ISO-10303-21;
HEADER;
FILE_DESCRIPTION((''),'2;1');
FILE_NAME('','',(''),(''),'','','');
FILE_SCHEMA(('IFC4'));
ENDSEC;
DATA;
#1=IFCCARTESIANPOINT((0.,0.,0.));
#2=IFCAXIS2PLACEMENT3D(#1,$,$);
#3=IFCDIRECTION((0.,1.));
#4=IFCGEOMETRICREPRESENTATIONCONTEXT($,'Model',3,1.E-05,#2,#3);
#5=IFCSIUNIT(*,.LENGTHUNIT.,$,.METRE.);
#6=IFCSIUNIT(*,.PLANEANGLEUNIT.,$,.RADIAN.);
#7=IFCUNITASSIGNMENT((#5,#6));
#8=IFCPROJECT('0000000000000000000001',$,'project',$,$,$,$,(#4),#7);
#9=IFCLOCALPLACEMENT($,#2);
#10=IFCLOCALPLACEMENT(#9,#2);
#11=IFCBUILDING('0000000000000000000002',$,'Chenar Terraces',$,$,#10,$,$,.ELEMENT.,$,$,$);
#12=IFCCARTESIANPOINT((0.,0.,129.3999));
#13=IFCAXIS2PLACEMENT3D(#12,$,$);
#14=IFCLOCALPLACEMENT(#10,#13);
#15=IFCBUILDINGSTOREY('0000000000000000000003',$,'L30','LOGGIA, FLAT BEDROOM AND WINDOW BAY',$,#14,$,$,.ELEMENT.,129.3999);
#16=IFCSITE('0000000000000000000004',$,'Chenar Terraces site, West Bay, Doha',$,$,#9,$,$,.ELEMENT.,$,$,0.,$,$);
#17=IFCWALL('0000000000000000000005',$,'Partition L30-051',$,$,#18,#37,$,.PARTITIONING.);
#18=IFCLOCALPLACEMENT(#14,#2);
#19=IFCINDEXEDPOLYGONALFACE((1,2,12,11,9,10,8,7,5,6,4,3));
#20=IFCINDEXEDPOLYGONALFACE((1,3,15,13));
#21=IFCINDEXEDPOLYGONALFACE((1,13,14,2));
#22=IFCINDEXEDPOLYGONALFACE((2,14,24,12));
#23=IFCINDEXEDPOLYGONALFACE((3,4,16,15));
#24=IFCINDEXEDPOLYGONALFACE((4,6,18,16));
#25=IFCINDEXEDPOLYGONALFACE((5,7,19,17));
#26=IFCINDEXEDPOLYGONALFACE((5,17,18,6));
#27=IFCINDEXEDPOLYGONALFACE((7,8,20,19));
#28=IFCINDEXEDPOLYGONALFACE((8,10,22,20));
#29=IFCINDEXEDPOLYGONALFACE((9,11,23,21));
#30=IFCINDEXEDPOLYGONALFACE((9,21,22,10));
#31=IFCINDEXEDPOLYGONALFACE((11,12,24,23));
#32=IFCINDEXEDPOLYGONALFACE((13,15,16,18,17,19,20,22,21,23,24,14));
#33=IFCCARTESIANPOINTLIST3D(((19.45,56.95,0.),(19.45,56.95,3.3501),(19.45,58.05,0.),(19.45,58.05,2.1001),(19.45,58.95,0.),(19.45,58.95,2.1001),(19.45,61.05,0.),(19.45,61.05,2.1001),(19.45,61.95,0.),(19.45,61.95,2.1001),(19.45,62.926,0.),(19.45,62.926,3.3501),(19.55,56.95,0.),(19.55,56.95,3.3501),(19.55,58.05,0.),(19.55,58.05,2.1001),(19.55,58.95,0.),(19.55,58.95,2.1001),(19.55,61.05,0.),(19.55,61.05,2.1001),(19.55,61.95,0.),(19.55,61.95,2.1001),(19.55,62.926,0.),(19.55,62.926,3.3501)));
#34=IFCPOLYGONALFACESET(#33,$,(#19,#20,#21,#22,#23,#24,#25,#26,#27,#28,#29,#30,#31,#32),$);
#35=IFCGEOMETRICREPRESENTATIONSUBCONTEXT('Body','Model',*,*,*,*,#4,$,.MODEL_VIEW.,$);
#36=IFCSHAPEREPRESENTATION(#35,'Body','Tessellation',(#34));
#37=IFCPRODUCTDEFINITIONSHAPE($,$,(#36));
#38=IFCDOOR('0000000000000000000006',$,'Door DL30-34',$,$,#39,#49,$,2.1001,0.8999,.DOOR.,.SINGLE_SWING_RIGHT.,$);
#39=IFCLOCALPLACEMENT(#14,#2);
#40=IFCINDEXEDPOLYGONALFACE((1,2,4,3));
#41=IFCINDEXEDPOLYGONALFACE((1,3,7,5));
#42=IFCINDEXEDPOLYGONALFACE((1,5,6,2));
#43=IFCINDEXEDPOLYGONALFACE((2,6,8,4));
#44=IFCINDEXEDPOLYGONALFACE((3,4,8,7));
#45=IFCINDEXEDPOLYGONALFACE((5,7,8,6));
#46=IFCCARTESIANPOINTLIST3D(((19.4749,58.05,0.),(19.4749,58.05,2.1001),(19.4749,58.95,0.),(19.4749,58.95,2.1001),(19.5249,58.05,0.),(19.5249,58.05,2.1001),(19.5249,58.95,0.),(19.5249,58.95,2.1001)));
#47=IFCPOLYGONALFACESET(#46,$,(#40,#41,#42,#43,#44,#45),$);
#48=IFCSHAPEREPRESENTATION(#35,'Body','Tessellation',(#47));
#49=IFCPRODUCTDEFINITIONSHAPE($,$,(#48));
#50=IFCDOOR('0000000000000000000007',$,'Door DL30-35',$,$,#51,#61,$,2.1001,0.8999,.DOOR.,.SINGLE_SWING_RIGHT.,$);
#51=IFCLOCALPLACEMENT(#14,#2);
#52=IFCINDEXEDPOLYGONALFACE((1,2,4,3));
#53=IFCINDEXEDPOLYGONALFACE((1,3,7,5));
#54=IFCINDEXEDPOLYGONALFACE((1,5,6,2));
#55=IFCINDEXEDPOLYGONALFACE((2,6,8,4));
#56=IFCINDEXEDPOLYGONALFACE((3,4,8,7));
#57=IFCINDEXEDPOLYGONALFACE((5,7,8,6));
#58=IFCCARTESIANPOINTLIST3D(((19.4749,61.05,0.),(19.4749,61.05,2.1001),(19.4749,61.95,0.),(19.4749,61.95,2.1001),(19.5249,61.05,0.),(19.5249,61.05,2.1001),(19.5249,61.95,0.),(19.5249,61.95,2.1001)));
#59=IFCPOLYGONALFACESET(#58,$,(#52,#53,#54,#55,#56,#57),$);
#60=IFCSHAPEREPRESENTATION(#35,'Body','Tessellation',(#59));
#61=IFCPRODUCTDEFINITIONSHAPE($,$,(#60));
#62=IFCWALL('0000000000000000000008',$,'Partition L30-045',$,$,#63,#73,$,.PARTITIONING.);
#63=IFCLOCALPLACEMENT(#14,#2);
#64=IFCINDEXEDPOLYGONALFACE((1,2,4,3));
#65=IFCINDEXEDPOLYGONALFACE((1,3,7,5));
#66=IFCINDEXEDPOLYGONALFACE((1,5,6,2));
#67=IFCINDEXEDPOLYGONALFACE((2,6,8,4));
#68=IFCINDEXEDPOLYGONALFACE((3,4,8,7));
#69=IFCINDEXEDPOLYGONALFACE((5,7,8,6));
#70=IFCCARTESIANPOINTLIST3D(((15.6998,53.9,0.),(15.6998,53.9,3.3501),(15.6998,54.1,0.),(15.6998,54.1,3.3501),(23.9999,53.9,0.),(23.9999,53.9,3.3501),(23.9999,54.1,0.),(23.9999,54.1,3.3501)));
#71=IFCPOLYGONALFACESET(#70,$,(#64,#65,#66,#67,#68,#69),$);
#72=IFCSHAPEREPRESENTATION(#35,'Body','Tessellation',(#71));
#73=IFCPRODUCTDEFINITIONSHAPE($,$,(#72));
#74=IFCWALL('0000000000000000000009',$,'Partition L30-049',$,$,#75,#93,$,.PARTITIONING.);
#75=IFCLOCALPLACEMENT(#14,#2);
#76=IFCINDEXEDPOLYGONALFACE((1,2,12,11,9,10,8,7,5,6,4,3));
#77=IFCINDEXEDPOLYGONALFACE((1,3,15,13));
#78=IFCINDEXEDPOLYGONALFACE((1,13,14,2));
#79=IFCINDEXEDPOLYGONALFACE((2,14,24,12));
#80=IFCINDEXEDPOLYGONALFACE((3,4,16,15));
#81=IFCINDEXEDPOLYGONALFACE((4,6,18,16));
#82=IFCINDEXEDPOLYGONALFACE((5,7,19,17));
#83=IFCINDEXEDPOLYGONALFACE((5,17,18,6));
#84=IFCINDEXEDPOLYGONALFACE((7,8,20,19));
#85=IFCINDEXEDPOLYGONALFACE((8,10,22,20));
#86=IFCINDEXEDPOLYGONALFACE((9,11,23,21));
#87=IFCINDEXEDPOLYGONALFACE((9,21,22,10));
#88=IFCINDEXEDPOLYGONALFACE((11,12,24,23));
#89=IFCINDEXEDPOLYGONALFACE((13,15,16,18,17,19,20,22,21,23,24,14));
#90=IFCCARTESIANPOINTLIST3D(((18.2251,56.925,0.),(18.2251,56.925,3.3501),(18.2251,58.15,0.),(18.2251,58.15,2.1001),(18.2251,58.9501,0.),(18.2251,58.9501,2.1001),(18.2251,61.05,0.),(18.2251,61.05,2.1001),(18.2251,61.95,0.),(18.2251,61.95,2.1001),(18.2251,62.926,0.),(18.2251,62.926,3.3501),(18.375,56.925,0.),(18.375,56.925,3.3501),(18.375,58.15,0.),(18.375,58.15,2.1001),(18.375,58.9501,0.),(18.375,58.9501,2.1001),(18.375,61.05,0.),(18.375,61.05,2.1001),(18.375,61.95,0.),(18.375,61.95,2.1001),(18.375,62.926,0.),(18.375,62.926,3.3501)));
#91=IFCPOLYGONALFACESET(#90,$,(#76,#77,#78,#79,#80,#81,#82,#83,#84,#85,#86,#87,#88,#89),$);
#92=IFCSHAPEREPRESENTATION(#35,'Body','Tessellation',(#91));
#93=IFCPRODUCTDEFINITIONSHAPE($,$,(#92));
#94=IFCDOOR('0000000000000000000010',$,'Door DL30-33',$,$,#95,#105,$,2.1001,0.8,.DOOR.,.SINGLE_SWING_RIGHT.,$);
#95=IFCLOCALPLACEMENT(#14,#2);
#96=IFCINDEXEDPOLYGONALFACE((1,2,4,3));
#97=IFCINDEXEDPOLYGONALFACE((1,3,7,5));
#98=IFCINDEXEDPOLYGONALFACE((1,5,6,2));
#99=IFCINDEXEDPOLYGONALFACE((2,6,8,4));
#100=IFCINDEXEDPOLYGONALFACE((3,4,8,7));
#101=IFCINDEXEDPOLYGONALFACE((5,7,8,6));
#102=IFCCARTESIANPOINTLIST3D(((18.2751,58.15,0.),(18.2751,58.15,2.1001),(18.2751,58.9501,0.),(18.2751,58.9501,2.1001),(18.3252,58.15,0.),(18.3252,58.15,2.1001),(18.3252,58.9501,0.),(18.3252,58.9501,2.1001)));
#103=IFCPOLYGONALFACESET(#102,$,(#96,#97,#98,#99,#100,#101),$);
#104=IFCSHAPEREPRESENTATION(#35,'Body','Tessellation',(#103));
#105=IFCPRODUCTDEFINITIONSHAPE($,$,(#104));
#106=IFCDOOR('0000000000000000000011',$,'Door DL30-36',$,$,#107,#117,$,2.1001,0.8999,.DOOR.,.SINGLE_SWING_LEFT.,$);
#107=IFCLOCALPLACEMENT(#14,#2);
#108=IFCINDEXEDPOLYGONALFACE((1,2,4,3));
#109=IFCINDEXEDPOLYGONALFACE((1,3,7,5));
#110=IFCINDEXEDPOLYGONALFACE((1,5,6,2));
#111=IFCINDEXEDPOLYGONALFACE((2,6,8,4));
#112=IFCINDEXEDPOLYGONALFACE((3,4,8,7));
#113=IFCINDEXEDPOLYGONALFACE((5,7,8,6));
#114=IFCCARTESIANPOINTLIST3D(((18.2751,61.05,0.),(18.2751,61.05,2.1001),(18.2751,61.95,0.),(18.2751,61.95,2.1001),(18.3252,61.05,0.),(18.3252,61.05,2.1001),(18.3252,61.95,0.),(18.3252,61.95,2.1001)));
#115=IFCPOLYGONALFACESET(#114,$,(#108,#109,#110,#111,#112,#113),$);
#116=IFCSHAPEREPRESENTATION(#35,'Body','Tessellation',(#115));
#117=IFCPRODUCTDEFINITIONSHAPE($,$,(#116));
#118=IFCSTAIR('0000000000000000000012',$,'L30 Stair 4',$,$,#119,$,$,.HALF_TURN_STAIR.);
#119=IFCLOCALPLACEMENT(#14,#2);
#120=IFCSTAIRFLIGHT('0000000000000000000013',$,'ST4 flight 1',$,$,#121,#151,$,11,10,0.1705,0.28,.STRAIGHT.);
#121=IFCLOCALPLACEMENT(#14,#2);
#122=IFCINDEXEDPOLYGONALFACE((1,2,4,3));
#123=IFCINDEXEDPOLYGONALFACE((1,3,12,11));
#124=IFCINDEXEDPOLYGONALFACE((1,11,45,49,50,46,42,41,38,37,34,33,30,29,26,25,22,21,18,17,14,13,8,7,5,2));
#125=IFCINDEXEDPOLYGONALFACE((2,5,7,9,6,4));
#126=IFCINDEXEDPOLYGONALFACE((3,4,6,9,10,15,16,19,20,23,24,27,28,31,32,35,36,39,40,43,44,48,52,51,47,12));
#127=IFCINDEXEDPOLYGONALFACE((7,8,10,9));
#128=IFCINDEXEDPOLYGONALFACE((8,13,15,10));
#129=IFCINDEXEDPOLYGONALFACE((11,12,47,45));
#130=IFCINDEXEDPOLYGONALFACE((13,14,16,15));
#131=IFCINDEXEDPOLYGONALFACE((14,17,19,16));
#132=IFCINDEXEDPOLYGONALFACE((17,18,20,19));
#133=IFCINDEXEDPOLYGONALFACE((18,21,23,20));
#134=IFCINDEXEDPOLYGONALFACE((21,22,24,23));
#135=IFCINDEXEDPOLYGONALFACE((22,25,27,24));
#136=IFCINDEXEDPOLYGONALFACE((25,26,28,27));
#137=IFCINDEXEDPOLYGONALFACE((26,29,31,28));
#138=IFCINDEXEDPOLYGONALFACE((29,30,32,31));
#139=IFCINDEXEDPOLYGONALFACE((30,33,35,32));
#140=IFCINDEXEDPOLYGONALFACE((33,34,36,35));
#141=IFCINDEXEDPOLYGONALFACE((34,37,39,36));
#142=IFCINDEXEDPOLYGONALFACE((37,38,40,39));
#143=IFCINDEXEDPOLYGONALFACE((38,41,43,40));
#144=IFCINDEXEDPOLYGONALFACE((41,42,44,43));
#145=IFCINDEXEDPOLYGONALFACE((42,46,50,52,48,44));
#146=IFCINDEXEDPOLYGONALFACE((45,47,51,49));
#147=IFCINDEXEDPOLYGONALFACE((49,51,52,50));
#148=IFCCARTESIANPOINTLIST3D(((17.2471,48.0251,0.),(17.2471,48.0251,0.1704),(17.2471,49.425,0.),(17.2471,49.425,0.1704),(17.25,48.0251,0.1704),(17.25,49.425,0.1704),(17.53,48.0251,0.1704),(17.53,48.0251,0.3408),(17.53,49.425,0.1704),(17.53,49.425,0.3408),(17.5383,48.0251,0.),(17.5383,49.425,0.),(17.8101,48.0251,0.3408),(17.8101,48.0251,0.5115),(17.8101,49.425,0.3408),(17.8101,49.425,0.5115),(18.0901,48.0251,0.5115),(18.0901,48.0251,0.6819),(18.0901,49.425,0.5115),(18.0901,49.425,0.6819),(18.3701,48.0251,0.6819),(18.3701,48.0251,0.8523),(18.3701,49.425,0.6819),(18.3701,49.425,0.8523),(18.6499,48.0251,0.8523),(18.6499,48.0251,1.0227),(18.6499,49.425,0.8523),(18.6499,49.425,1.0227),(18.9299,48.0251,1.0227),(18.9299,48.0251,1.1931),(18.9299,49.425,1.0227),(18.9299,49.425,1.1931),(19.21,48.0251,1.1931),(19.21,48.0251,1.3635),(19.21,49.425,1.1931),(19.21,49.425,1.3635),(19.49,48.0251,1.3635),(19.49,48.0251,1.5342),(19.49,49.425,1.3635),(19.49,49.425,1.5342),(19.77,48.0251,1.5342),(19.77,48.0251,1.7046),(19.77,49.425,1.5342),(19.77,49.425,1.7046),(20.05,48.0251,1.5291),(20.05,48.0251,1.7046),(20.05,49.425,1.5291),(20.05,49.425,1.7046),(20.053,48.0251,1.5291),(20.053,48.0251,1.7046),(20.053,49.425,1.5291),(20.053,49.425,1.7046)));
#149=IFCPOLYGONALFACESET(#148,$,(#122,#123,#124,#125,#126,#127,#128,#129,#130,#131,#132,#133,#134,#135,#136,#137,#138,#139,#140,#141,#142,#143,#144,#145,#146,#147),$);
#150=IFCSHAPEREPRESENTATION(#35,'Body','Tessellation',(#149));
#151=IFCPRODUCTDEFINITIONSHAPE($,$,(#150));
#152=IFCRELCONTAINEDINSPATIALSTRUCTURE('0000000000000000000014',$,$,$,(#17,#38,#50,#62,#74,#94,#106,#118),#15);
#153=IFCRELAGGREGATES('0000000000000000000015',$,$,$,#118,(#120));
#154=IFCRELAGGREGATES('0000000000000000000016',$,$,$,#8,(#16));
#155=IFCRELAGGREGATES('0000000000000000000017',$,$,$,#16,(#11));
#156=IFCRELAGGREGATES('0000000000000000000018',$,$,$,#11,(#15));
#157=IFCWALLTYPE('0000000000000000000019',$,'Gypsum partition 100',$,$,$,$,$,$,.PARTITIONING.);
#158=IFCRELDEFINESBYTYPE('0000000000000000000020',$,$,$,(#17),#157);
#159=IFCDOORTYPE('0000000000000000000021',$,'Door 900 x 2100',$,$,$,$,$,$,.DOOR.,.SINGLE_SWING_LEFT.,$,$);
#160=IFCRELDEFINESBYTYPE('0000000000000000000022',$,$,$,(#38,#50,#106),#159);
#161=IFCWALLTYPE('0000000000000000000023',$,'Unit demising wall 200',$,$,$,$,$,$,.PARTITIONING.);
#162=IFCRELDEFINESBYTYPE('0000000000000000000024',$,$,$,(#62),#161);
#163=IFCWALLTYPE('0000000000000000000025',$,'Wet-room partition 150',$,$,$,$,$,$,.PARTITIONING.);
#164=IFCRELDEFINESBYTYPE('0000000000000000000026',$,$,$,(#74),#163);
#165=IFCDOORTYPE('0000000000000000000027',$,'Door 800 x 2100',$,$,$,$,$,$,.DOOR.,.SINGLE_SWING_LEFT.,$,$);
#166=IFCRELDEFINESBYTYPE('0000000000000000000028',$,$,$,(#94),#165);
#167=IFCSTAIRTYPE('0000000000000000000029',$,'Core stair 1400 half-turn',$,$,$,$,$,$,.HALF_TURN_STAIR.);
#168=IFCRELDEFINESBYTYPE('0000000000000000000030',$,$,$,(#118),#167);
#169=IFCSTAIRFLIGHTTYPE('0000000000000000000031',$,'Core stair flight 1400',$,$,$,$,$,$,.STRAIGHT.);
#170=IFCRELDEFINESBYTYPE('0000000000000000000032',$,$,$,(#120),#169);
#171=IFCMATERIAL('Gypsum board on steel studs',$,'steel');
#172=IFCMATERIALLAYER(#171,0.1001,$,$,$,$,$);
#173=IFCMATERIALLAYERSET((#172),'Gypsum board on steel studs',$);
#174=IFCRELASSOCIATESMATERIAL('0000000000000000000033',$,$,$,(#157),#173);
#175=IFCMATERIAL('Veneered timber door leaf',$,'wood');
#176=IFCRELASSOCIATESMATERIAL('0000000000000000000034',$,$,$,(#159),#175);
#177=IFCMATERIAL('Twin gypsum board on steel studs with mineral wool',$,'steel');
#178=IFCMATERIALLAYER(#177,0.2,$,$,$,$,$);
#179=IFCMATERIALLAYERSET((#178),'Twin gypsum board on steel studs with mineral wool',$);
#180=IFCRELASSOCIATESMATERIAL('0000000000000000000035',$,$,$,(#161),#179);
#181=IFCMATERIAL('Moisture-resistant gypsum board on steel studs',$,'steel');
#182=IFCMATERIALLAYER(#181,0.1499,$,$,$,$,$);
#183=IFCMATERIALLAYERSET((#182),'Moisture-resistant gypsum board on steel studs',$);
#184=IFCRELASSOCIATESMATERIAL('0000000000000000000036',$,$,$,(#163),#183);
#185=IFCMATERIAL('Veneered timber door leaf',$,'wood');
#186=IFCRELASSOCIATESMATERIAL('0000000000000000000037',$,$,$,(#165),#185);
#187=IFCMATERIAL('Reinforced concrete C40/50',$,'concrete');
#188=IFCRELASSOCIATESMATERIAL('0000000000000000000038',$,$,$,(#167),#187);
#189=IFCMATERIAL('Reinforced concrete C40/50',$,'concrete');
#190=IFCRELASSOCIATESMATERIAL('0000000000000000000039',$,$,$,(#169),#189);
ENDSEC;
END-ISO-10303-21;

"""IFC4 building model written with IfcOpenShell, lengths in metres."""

from ifc_helpers import new_model, si_unit, direction, frame, frame_2d, origin, place, context, subcontext, project, spatial, polyline, rectangle, outline, extrude, material, layer, layer_set, type_object, element, fill, aggregate, save


model = new_model("IFC4")

# Units and contexts
model_context = context("Model", 3, precision=1e-05, world=origin(), true_north=direction((0.0, 1.0)))
body_context = subcontext(model_context, "Body", "Model", "MODEL_VIEW")
ifc_project = project(units=[si_unit("LENGTHUNIT", "METRE"), si_unit("PLANEANGLEUNIT", "RADIAN")], contexts=[model_context])

# Site, building, storey
site_placement = place(None, origin())
site = spatial("IfcSite", under=ifc_project, at=site_placement, Name="Chenar Terraces site, West Bay, Doha", CompositionType="ELEMENT", RefElevation=0.0)
building_placement = place(site_placement, origin())
building = spatial("IfcBuilding", under=site, at=building_placement, Name="Chenar Terraces", CompositionType="ELEMENT")
storey_placement = place(building_placement, frame((0.0, 0.0, 129.3999)))
storey = spatial("IfcBuildingStorey", under=building, at=storey_placement, Name="L30", Description="LOGGIA, FLAT BEDROOM AND WINDOW BAY", CompositionType="ELEMENT", Elevation=129.3999)

# Wall, openings, doors
ifc_material_1 = material(Name="Gypsum board on steel studs", Category="steel")
ifc_layer_1 = layer(ifc_material_1, 0.1001)
ifc_layer_set_1 = layer_set([ifc_layer_1], Name="Gypsum board on steel studs")
wall_type_1 = type_object("IfcWallType", Name="Gypsum partition 100", PredefinedType="PARTITIONING", material=ifc_layer_set_1)
wall_1_placement = place(storey_placement, frame((19.5, 56.95, 0.0), z_axis=(0.0, 0.0, 1.0), x_axis=(0.0, 1.0, 0.0)))
wall_1 = element("IfcWall", 1, at=wall_1_placement, inside=storey, type_object=wall_type_1, Name="Partition L30-051", PredefinedType="PARTITIONING", context=body_context, shape_type="SweptSolid", body=[
    extrude(rectangle(XDim=5.9761, YDim=0.1001, at=frame_2d((2.988, 0.0))), origin(), (0.0, 0.0, 1.0), 3.3501),
])
opening_1_placement = place(wall_1_placement, frame((1.1001, 0.0, 0.0)))
opening_1 = element("IfcOpeningElement", 2, at=opening_1_placement, cuts=wall_1, PredefinedType="OPENING", context=body_context, shape_type="SweptSolid", body=[
    extrude(rectangle(XDim=0.8999, YDim=2.1001, at=frame_2d((0.45, 1.05))), frame((0.0, 0.0601, 0.0), z_axis=(0.0, -1.0, 0.0), x_axis=(1.0, 0.0, 0.0)), (0.0, 0.0, 1.0), 0.1201),
])
opening_2_placement = place(wall_1_placement, frame((4.1001, 0.0, 0.0)))
opening_2 = element("IfcOpeningElement", 3, at=opening_2_placement, cuts=wall_1, PredefinedType="OPENING", context=body_context, shape_type="SweptSolid", body=[
    extrude(rectangle(XDim=0.8999, YDim=2.1001, at=frame_2d((0.45, 1.05))), frame((0.0, 0.0601, 0.0), z_axis=(0.0, -1.0, 0.0), x_axis=(1.0, 0.0, 0.0)), (0.0, 0.0, 1.0), 0.1201),
])
ifc_material_2 = material(Name="Veneered timber door leaf", Category="wood")
door_type_1 = type_object("IfcDoorType", Name="Door 900 x 2100", OperationType="SINGLE_SWING_LEFT", PredefinedType="DOOR", material=ifc_material_2)
door_1_placement = place(opening_1_placement, frame((0.8999, 0.0, 0.0), z_axis=(0.0, 0.0, 1.0), x_axis=(-1.0, 0.0, 0.0)))
door_1 = element("IfcDoor", 4, at=door_1_placement, inside=storey, type_object=door_type_1, Name="Door DL30-34", OperationType="SINGLE_SWING_RIGHT", OverallHeight=2.1001, OverallWidth=0.8999, PredefinedType="DOOR", context=body_context, shape_type="SweptSolid", body=[
    extrude(rectangle(XDim=0.8999, YDim=2.1001, at=frame_2d((0.45, 1.05))), frame((0.0, 0.0249, 0.0), z_axis=(0.0, -1.0, 0.0), x_axis=(1.0, 0.0, 0.0)), (0.0, 0.0, 1.0), 0.05),
])
fill(opening_1, door_1)
door_2_placement = place(opening_2_placement, frame((0.8999, 0.0, 0.0), z_axis=(0.0, 0.0, 1.0), x_axis=(-1.0, 0.0, 0.0)))
door_2 = element("IfcDoor", 5, at=door_2_placement, inside=storey, type_object=door_type_1, Name="Door DL30-35", OperationType="SINGLE_SWING_RIGHT", OverallHeight=2.1001, OverallWidth=0.8999, PredefinedType="DOOR", context=body_context, shape_type="SweptSolid", body=[
    extrude(rectangle(XDim=0.8999, YDim=2.1001, at=frame_2d((0.45, 1.05))), frame((0.0, 0.0249, 0.0), z_axis=(0.0, -1.0, 0.0), x_axis=(1.0, 0.0, 0.0)), (0.0, 0.0, 1.0), 0.05),
])
fill(opening_2, door_2)

# Wall
ifc_material_3 = material(Name="Twin gypsum board on steel studs with mineral wool", Category="steel")
ifc_layer_2 = layer(ifc_material_3, 0.2)
ifc_layer_set_2 = layer_set([ifc_layer_2], Name="Twin gypsum board on steel studs with mineral wool")
wall_type_2 = type_object("IfcWallType", Name="Unit demising wall 200", PredefinedType="PARTITIONING", material=ifc_layer_set_2)
wall_2_placement = place(storey_placement, frame((15.7, 54.0, 0.0), z_axis=(0.0, 0.0, 1.0), x_axis=(1.0, 0.0, 0.0)))
element("IfcWall", 6, at=wall_2_placement, inside=storey, type_object=wall_type_2, Name="Partition L30-045", PredefinedType="PARTITIONING", context=body_context, shape_type="SweptSolid", body=[
    extrude(rectangle(XDim=8.3, YDim=0.2, at=frame_2d((4.1499, 0.0))), origin(), (0.0, 0.0, 1.0), 3.3501),
])

# Wall, openings, doors
ifc_material_4 = material(Name="Moisture-resistant gypsum board on steel studs", Category="steel")
ifc_layer_3 = layer(ifc_material_4, 0.1499)
ifc_layer_set_3 = layer_set([ifc_layer_3], Name="Moisture-resistant gypsum board on steel studs")
wall_type_3 = type_object("IfcWallType", Name="Wet-room partition 150", PredefinedType="PARTITIONING", material=ifc_layer_set_3)
wall_3_placement = place(storey_placement, frame((18.3, 56.925, 0.0), z_axis=(0.0, 0.0, 1.0), x_axis=(0.0, 1.0, 0.0)))
wall_3 = element("IfcWall", 7, at=wall_3_placement, inside=storey, type_object=wall_type_3, Name="Partition L30-049", PredefinedType="PARTITIONING", context=body_context, shape_type="SweptSolid", body=[
    extrude(rectangle(XDim=6.001, YDim=0.1499, at=frame_2d((3.0005, 0.0))), origin(), (0.0, 0.0, 1.0), 3.3501),
])
opening_3_placement = place(wall_3_placement, frame((1.2251, 0.0, 0.0)))
opening_3 = element("IfcOpeningElement", 8, at=opening_3_placement, cuts=wall_3, PredefinedType="OPENING", context=body_context, shape_type="SweptSolid", body=[
    extrude(rectangle(XDim=0.8, YDim=2.1001, at=frame_2d((0.3999, 1.05))), frame((0.0, 0.085, 0.0), z_axis=(0.0, -1.0, 0.0), x_axis=(1.0, 0.0, 0.0)), (0.0, 0.0, 1.0), 0.1699),
])
opening_4_placement = place(wall_3_placement, frame((4.125, 0.0, 0.0)))
opening_4 = element("IfcOpeningElement", 9, at=opening_4_placement, cuts=wall_3, PredefinedType="OPENING", context=body_context, shape_type="SweptSolid", body=[
    extrude(rectangle(XDim=0.8999, YDim=2.1001, at=frame_2d((0.45, 1.05))), frame((0.0, 0.085, 0.0), z_axis=(0.0, -1.0, 0.0), x_axis=(1.0, 0.0, 0.0)), (0.0, 0.0, 1.0), 0.1699),
])
ifc_material_5 = material(Name="Veneered timber door leaf", Category="wood")
door_type_2 = type_object("IfcDoorType", Name="Door 800 x 2100", OperationType="SINGLE_SWING_LEFT", PredefinedType="DOOR", material=ifc_material_5)
door_3_placement = place(opening_3_placement, origin())
door_3 = element("IfcDoor", 10, at=door_3_placement, inside=storey, type_object=door_type_2, Name="Door DL30-33", OperationType="SINGLE_SWING_RIGHT", OverallHeight=2.1001, OverallWidth=0.8, PredefinedType="DOOR", context=body_context, shape_type="SweptSolid", body=[
    extrude(rectangle(XDim=0.8, YDim=2.1001, at=frame_2d((0.3999, 1.05))), frame((0.0, 0.0249, 0.0), z_axis=(0.0, -1.0, 0.0), x_axis=(1.0, 0.0, 0.0)), (0.0, 0.0, 1.0), 0.05),
])
fill(opening_3, door_3)
door_4_placement = place(opening_4_placement, origin())
door_4 = element("IfcDoor", 11, at=door_4_placement, inside=storey, type_object=door_type_1, Name="Door DL30-36", OperationType="SINGLE_SWING_LEFT", OverallHeight=2.1001, OverallWidth=0.8999, PredefinedType="DOOR", context=body_context, shape_type="SweptSolid", body=[
    extrude(rectangle(XDim=0.8999, YDim=2.1001, at=frame_2d((0.45, 1.05))), frame((0.0, 0.0249, 0.0), z_axis=(0.0, -1.0, 0.0), x_axis=(1.0, 0.0, 0.0)), (0.0, 0.0, 1.0), 0.05),
])
fill(opening_4, door_4)

# Stair, stair flight
ifc_material_6 = material(Name="Reinforced concrete C40/50", Category="concrete")
stair_type = type_object("IfcStairType", Name="Core stair 1400 half-turn", PredefinedType="HALF_TURN_STAIR", material=ifc_material_6)
stair_placement = place(storey_placement, origin())
stair = element("IfcStair", 12, at=stair_placement, inside=storey, type_object=stair_type, Name="L30 Stair 4", PredefinedType="HALF_TURN_STAIR")
ifc_material_7 = material(Name="Reinforced concrete C40/50", Category="concrete")
stair_flight_type = type_object("IfcStairFlightType", Name="Core stair flight 1400", PredefinedType="STRAIGHT", material=ifc_material_7)
stair_flight_1_placement = place(storey_placement, frame((17.25, 48.7251, 0.0), z_axis=(0.0, 0.0, 1.0), x_axis=(1.0, 0.0, 0.0)))
stair_flight_1 = element("IfcStairFlight", 13, at=stair_flight_1_placement, type_object=stair_flight_type, Name="ST4 flight 1", NumberOfRisers=11, NumberOfTreads=10, PredefinedType="STRAIGHT", RiserHeight=0.1705, TreadLength=0.28, context=body_context, shape_type="SweptSolid", body=[
    extrude(outline(polyline([(-0.0029, 0.0), (-0.0029, 0.1704), (0.0, 0.1704), (0.28, 0.1704), (0.28, 0.3408), (0.5601, 0.3408), (0.5601, 0.5115), (0.8401, 0.5115), (0.8401, 0.6819), (1.1201, 0.6819), (1.1201, 0.8523), (1.3999, 0.8523), (1.3999, 1.0227), (1.6799, 1.0227), (1.6799, 1.1931), (1.96, 1.1931), (1.96, 1.3635), (2.24, 1.3635), (2.24, 1.5342), (2.52, 1.5342), (2.52, 1.7046), (2.8, 1.7046), (2.803, 1.7046), (2.803, 1.5291), (2.8, 1.5291), (0.2883, 0.0), (-0.0029, 0.0)])), frame((0.0, 0.7, 0.0), z_axis=(0.0, -1.0, 0.0), x_axis=(1.0, 0.0, 0.0)), (0.0, 0.0, 1.0), 1.3999),
])
aggregate(stair, [stair_flight_1])

save(model, "model.ifc")
